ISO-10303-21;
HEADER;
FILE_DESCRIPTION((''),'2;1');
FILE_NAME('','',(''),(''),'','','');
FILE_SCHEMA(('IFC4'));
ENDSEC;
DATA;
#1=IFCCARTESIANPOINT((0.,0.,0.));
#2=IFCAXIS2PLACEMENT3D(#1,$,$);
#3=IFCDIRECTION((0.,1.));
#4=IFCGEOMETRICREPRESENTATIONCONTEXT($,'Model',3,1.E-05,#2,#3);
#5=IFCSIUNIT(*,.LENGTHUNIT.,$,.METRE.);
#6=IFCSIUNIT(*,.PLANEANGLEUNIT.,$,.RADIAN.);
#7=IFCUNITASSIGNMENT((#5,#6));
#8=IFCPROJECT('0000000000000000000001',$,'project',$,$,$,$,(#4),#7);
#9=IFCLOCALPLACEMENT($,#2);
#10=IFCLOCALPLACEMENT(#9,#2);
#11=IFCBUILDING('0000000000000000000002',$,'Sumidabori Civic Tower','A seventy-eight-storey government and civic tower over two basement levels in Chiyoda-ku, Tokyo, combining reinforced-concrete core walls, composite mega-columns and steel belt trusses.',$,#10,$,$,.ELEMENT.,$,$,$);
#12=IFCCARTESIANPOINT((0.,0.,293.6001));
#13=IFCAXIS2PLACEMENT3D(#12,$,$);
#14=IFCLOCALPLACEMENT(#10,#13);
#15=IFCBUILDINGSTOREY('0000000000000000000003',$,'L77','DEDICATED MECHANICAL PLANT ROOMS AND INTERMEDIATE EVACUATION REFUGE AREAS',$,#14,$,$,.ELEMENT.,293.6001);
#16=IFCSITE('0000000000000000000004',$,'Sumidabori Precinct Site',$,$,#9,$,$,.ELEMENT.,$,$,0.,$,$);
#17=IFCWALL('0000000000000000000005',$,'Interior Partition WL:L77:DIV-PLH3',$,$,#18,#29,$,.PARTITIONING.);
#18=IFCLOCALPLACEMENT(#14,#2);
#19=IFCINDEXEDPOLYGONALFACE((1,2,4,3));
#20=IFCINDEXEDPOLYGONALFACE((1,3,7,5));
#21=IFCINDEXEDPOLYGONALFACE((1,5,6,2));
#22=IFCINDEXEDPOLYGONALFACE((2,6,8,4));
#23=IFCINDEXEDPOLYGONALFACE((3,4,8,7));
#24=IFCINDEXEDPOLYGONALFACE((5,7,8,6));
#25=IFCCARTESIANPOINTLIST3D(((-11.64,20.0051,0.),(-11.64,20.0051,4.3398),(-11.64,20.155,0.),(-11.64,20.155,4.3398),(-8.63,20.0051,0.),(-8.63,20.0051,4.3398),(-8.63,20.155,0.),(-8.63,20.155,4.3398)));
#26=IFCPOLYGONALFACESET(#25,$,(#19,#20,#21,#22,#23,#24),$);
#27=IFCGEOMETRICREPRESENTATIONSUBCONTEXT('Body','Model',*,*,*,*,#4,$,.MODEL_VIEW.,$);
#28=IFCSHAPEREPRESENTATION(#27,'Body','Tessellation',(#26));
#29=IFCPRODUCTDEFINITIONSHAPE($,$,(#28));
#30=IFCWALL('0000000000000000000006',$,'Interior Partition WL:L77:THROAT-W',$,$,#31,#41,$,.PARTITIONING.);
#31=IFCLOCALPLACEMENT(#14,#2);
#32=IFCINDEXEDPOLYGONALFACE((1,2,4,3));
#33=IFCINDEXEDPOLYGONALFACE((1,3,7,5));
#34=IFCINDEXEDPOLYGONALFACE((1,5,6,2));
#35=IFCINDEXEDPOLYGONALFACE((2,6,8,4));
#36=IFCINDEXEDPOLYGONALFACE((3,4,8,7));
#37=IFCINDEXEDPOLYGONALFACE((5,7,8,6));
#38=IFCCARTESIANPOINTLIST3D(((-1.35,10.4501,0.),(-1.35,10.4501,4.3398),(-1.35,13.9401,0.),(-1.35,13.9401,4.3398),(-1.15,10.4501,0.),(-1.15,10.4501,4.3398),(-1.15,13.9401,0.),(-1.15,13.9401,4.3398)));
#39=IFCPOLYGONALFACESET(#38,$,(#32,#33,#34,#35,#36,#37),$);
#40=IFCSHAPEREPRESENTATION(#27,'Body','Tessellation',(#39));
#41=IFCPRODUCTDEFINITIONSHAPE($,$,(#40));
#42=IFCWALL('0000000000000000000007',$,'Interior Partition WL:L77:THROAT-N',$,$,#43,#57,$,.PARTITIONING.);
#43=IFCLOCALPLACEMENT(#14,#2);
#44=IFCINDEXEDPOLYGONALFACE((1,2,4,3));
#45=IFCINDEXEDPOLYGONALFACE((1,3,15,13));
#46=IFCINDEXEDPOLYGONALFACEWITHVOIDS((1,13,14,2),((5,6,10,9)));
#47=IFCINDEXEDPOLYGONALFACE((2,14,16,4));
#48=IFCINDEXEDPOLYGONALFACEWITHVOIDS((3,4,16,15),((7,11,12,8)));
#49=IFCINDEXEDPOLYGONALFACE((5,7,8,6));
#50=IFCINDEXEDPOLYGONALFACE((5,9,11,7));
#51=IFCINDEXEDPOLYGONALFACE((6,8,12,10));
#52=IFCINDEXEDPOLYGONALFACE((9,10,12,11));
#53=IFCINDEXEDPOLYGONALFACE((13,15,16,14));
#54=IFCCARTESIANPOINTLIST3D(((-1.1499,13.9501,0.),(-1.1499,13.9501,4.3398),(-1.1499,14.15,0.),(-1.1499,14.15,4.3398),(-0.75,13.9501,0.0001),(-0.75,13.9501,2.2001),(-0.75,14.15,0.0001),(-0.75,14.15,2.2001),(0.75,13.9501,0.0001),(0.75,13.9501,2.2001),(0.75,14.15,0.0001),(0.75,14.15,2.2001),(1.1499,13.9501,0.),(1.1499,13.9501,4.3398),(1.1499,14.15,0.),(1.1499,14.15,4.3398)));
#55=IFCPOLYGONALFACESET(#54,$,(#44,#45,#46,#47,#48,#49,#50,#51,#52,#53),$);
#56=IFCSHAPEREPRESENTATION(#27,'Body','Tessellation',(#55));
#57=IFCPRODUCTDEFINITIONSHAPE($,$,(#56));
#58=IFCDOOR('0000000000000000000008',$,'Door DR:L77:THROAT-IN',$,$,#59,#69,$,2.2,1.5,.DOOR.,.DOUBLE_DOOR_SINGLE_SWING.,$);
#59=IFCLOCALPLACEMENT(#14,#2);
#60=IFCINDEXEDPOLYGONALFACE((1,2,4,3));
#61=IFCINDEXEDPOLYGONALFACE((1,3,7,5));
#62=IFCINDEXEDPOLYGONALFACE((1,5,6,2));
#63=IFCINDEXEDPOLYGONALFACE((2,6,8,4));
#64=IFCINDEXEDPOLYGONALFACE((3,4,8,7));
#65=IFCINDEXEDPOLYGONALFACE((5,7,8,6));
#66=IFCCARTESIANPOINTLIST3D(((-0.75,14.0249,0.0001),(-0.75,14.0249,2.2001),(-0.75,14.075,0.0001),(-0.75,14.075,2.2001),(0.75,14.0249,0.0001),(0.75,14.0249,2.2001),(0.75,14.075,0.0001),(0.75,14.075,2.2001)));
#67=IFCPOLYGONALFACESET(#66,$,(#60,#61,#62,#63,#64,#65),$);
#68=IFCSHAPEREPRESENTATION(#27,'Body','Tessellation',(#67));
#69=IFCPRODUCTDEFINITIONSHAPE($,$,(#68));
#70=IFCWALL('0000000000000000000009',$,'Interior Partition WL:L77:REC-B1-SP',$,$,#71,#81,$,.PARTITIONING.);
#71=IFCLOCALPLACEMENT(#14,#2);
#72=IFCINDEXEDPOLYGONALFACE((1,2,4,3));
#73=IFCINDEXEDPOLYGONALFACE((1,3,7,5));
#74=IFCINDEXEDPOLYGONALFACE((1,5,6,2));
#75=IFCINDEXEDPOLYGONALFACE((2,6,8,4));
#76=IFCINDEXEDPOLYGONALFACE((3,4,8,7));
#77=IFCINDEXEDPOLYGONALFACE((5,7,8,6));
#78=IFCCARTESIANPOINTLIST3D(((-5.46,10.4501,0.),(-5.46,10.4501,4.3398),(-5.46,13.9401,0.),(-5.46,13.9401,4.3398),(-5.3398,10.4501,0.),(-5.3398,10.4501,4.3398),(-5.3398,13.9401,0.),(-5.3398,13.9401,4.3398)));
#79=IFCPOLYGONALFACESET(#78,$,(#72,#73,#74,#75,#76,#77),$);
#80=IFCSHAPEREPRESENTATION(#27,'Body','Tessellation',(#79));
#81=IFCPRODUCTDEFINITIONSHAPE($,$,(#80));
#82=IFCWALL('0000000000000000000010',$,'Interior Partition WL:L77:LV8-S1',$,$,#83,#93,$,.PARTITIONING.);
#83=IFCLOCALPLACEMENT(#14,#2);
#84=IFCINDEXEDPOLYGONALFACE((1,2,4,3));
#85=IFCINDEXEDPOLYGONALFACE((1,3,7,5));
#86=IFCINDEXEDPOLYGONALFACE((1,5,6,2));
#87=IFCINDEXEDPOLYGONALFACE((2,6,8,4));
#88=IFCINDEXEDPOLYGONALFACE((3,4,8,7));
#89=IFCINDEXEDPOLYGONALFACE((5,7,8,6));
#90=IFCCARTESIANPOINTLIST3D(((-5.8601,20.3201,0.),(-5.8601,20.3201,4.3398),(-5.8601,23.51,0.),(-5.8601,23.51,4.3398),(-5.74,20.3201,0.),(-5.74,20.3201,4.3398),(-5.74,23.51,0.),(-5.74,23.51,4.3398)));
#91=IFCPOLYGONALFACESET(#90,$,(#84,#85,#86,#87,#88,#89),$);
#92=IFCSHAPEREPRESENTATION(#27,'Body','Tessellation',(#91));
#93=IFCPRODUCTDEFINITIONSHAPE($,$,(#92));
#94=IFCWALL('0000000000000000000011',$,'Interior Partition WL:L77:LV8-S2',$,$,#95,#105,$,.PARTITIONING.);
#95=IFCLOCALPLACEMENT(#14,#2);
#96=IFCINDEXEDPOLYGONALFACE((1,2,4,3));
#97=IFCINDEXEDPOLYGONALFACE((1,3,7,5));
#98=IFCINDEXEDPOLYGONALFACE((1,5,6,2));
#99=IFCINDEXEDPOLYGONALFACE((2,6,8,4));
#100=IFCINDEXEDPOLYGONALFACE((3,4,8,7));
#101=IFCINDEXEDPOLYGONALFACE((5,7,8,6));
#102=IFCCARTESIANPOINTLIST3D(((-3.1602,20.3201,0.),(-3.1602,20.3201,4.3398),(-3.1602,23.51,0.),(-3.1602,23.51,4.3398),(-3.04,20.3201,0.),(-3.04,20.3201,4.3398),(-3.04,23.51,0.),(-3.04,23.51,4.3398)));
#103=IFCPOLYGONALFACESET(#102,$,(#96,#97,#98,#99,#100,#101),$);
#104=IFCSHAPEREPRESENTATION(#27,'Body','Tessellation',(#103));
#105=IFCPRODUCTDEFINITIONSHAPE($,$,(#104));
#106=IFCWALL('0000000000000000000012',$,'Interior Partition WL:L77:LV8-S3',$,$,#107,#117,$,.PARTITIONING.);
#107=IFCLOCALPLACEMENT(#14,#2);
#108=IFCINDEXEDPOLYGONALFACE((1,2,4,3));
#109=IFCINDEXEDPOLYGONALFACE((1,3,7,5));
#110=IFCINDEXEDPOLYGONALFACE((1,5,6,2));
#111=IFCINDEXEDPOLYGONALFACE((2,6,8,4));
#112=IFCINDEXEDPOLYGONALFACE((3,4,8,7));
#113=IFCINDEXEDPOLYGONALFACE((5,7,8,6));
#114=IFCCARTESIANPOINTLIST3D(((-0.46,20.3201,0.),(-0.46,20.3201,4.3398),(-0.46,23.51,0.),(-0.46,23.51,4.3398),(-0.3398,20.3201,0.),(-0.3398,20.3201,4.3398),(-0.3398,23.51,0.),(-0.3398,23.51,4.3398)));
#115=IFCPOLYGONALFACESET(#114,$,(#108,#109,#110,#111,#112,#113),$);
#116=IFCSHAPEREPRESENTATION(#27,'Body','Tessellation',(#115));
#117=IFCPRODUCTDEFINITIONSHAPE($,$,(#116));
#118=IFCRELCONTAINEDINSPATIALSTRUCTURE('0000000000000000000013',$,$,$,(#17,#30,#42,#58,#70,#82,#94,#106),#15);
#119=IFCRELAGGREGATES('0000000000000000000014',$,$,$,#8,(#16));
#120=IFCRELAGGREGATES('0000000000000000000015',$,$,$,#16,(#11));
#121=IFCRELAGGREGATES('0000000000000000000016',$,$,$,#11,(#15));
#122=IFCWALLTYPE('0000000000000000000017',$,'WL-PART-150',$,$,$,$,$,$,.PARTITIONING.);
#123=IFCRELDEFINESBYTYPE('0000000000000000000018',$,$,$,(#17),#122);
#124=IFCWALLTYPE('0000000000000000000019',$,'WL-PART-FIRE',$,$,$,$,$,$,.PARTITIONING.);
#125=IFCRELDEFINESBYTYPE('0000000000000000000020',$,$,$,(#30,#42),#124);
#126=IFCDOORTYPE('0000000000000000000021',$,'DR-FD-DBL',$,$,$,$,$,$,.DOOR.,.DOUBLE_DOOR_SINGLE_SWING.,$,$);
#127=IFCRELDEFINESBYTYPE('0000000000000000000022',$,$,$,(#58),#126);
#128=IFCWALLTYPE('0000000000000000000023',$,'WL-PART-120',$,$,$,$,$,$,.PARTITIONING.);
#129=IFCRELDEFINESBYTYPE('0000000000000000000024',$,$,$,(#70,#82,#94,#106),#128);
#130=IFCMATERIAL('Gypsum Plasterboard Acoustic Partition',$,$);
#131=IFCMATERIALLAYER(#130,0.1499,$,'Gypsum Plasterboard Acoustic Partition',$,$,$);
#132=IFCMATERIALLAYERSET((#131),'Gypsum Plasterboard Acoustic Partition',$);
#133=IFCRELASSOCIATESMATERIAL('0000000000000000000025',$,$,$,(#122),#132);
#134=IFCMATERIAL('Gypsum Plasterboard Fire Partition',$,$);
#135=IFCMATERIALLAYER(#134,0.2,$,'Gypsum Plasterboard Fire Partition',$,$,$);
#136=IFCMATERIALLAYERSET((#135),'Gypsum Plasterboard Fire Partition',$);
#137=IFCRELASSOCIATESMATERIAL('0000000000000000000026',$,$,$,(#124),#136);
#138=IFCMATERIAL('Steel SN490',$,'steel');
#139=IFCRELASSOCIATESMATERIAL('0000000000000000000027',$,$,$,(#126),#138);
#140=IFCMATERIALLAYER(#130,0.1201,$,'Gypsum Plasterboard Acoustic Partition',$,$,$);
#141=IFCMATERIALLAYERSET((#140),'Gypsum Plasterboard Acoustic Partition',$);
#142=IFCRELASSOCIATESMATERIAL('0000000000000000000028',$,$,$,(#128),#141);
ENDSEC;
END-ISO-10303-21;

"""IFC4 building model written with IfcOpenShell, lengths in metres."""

from ifc_helpers import new_model, si_unit, direction, frame, frame_2d, origin, place, context, subcontext, project, spatial, rectangle, extrude, source, transform, mapped, material, layer, layer_set, type_object, element, fill, save


model = new_model("IFC4")

# Units and contexts
model_context = context("Model", 3, precision=1e-05, world=origin(), true_north=direction((0.0, 1.0)))
body_context = subcontext(model_context, "Body", "Model", "MODEL_VIEW")
ifc_project = project(units=[si_unit("LENGTHUNIT", "METRE"), si_unit("PLANEANGLEUNIT", "RADIAN")], contexts=[model_context])

# Site, building, storey
site_placement = place(None, origin())
site = spatial("IfcSite", under=ifc_project, at=site_placement, Name="Sumidabori Precinct Site", CompositionType="ELEMENT", RefElevation=0.0)
building_placement = place(site_placement, origin())
building = spatial("IfcBuilding", under=site, at=building_placement, Name="Sumidabori Civic Tower", Description="A seventy-eight-storey government and civic tower over two basement levels in Chiyoda-ku, Tokyo, combining reinforced-concrete core walls, composite mega-columns and steel belt trusses.", CompositionType="ELEMENT")
storey_placement = place(building_placement, frame((0.0, 0.0, 293.6001)))
storey = spatial("IfcBuildingStorey", under=building, at=storey_placement, Name="L77", Description="DEDICATED MECHANICAL PLANT ROOMS AND INTERMEDIATE EVACUATION REFUGE AREAS", CompositionType="ELEMENT", Elevation=293.6001)

# Wall
ifc_material_1 = material(Name="Gypsum Plasterboard Acoustic Partition")
ifc_layer_1 = layer(ifc_material_1, 0.1499, Name="Gypsum Plasterboard Acoustic Partition")
ifc_layer_set_1 = layer_set([ifc_layer_1], Name="Gypsum Plasterboard Acoustic Partition")
wall_type_1 = type_object("IfcWallType", Name="WL-PART-150", PredefinedType="PARTITIONING", material=ifc_layer_set_1)
shared_shape_1 = source(origin(), body_context, "Body", "SweptSolid", [
    extrude(rectangle(XDim=3.01, YDim=0.1499, at=frame_2d((1.5049, 0.0))), origin(), (0.0, 0.0, 1.0), 4.3398),
])
for number, where, z_axis, x_axis, name in (
    (1, (-11.6399, 20.0801, 0.0), (0.0, 0.0, 1.0), (1.0, 0.0, 0.0), "Interior Partition WL:L77:DIV-PLH3"),
):
    element("IfcWall", number, at=place(storey_placement, frame(where, z_axis=z_axis, x_axis=x_axis)), inside=storey, type_object=wall_type_1, Name=name, PredefinedType="PARTITIONING", context=body_context, shape_type="MappedRepresentation", body=[
        mapped(shared_shape_1, transform((0.0, 0.0, 0.0), x_axis=(1.0, 0.0, 0.0), y_axis=(0.0, 1.0, 0.0), z_axis=(0.0, 0.0, 1.0), scale=1.0)),
    ])

# Shared definitions
ifc_material_2 = material(Name="Gypsum Plasterboard Fire Partition")
ifc_layer_2 = layer(ifc_material_2, 0.2, Name="Gypsum Plasterboard Fire Partition")
ifc_layer_set_2 = layer_set([ifc_layer_2], Name="Gypsum Plasterboard Fire Partition")
wall_type_2 = type_object("IfcWallType", Name="WL-PART-FIRE", PredefinedType="PARTITIONING", material=ifc_layer_set_2)

# Wall
shared_shape_2 = source(origin(), body_context, "Body", "SweptSolid", [
    extrude(rectangle(XDim=3.49, YDim=0.2, at=frame_2d((1.7451, 0.0))), origin(), (0.0, 0.0, 1.0), 4.3398),
])
wall_1_placement = place(storey_placement, frame((-1.25, 10.45, 0.0), z_axis=(0.0, 0.0, 1.0), x_axis=(0.0, 1.0, 0.0)))
element("IfcWall", 2, at=wall_1_placement, inside=storey, type_object=wall_type_2, Name="Interior Partition WL:L77:THROAT-W", PredefinedType="PARTITIONING", context=body_context, shape_type="MappedRepresentation", body=[
    mapped(shared_shape_2, transform((0.0, 0.0, 0.0), x_axis=(1.0, 0.0, 0.0), y_axis=(0.0, 1.0, 0.0), z_axis=(0.0, 0.0, 1.0), scale=1.0)),
])

# Wall, opening, door
shared_shape_3 = source(origin(), body_context, "Body", "SweptSolid", [
    extrude(rectangle(XDim=2.2998, YDim=0.2, at=frame_2d((1.1499, 0.0))), origin(), (0.0, 0.0, 1.0), 4.3398),
])
wall_2_placement = place(storey_placement, frame((-1.1499, 14.05, 0.0), z_axis=(0.0, 0.0, 1.0), x_axis=(1.0, 0.0, 0.0)))
wall_2 = element("IfcWall", 3, at=wall_2_placement, inside=storey, type_object=wall_type_2, Name="Interior Partition WL:L77:THROAT-N", PredefinedType="PARTITIONING", context=body_context, shape_type="MappedRepresentation", body=[
    mapped(shared_shape_3, transform((0.0, 0.0, 0.0), x_axis=(1.0, 0.0, 0.0), y_axis=(0.0, 1.0, 0.0), z_axis=(0.0, 0.0, 1.0), scale=1.0)),
])
opening_1_placement = place(wall_2_placement, frame((0.3999, 0.0, 0.0)))
opening_1 = element("IfcOpeningElement", 4, at=opening_1_placement, cuts=wall_2, PredefinedType="OPENING", context=body_context, shape_type="SweptSolid", body=[
    extrude(rectangle(XDim=1.5, YDim=2.2, at=frame_2d((0.75, 1.1001))), frame((0.0, 0.1118, 0.0), z_axis=(0.0, -1.0, 0.0), x_axis=(1.0, 0.0, 0.0)), (0.0, 0.0, 1.0), 0.2239),
])
ifc_material_3 = material(Name="Steel SN490", Category="steel")
door_type_1 = type_object("IfcDoorType", Name="DR-FD-DBL", OperationType="DOUBLE_DOOR_SINGLE_SWING", PredefinedType="DOOR", material=ifc_material_3)
shared_shape_4 = source(origin(), body_context, "Body", "SweptSolid", [
    extrude(rectangle(XDim=1.5, YDim=2.2, at=frame_2d((0.75, 1.1001))), frame((0.0, 0.0249, 0.0), z_axis=(0.0, -1.0, 0.0), x_axis=(1.0, 0.0, 0.0)), (0.0, 0.0, 1.0), 0.05),
])
door_1_placement = place(opening_1_placement, origin())
door_1 = element("IfcDoor", 5, at=door_1_placement, inside=storey, type_object=door_type_1, Name="Door DR:L77:THROAT-IN", OperationType="DOUBLE_DOOR_SINGLE_SWING", OverallHeight=2.2, OverallWidth=1.5, PredefinedType="DOOR", context=body_context, shape_type="MappedRepresentation", body=[
    mapped(shared_shape_4, transform((0.0, 0.0, 0.0), x_axis=(1.0, 0.0, 0.0), y_axis=(0.0, 1.0, 0.0), z_axis=(0.0, 0.0, 1.0), scale=1.0)),
])
fill(opening_1, door_1)

# Walls
ifc_layer_3 = layer(ifc_material_1, 0.1201, Name="Gypsum Plasterboard Acoustic Partition")
ifc_layer_set_3 = layer_set([ifc_layer_3], Name="Gypsum Plasterboard Acoustic Partition")
wall_type_3 = type_object("IfcWallType", Name="WL-PART-120", PredefinedType="PARTITIONING", material=ifc_layer_set_3)
shared_shape_5 = source(origin(), body_context, "Body", "SweptSolid", [
    extrude(rectangle(XDim=3.49, YDim=0.1201, at=frame_2d((1.7451, 0.0))), origin(), (0.0, 0.0, 1.0), 4.3398),
])
wall_3_placement = place(storey_placement, frame((-5.3999, 10.45, 0.0), z_axis=(0.0, 0.0, 1.0), x_axis=(0.0, 1.0, 0.0)))
element("IfcWall", 6, at=wall_3_placement, inside=storey, type_object=wall_type_3, Name="Interior Partition WL:L77:REC-B1-SP", PredefinedType="PARTITIONING", context=body_context, shape_type="MappedRepresentation", body=[
    mapped(shared_shape_5, transform((0.0, 0.0, 0.0), x_axis=(1.0, 0.0, 0.0), y_axis=(0.0, 1.0, 0.0), z_axis=(0.0, 0.0, 1.0), scale=1.0)),
])
shared_shape_6 = source(origin(), body_context, "Body", "SweptSolid", [
    extrude(rectangle(XDim=3.1899, YDim=0.1201, at=frame_2d((1.595, 0.0))), origin(), (0.0, 0.0, 1.0), 4.3398),
])
for number, where, z_axis, x_axis, name in (
    (7, (-5.8, 20.3201, 0.0), (0.0, 0.0, 1.0), (0.0, 1.0, 0.0), "Interior Partition WL:L77:LV8-S1"),
    (8, (-3.1001, 20.3201, 0.0), (0.0, 0.0, 1.0), (0.0, 1.0, 0.0), "Interior Partition WL:L77:LV8-S2"),
    (9, (-0.3999, 20.3201, 0.0), (0.0, 0.0, 1.0), (0.0, 1.0, 0.0), "Interior Partition WL:L77:LV8-S3"),
):
    element("IfcWall", number, at=place(storey_placement, frame(where, z_axis=z_axis, x_axis=x_axis)), inside=storey, type_object=wall_type_3, Name=name, PredefinedType="PARTITIONING", context=body_context, shape_type="MappedRepresentation", body=[
        mapped(shared_shape_6, transform((0.0, 0.0, 0.0), x_axis=(1.0, 0.0, 0.0), y_axis=(0.0, 1.0, 0.0), z_axis=(0.0, 0.0, 1.0), scale=1.0)),
    ])

save(model, "model.ifc")
